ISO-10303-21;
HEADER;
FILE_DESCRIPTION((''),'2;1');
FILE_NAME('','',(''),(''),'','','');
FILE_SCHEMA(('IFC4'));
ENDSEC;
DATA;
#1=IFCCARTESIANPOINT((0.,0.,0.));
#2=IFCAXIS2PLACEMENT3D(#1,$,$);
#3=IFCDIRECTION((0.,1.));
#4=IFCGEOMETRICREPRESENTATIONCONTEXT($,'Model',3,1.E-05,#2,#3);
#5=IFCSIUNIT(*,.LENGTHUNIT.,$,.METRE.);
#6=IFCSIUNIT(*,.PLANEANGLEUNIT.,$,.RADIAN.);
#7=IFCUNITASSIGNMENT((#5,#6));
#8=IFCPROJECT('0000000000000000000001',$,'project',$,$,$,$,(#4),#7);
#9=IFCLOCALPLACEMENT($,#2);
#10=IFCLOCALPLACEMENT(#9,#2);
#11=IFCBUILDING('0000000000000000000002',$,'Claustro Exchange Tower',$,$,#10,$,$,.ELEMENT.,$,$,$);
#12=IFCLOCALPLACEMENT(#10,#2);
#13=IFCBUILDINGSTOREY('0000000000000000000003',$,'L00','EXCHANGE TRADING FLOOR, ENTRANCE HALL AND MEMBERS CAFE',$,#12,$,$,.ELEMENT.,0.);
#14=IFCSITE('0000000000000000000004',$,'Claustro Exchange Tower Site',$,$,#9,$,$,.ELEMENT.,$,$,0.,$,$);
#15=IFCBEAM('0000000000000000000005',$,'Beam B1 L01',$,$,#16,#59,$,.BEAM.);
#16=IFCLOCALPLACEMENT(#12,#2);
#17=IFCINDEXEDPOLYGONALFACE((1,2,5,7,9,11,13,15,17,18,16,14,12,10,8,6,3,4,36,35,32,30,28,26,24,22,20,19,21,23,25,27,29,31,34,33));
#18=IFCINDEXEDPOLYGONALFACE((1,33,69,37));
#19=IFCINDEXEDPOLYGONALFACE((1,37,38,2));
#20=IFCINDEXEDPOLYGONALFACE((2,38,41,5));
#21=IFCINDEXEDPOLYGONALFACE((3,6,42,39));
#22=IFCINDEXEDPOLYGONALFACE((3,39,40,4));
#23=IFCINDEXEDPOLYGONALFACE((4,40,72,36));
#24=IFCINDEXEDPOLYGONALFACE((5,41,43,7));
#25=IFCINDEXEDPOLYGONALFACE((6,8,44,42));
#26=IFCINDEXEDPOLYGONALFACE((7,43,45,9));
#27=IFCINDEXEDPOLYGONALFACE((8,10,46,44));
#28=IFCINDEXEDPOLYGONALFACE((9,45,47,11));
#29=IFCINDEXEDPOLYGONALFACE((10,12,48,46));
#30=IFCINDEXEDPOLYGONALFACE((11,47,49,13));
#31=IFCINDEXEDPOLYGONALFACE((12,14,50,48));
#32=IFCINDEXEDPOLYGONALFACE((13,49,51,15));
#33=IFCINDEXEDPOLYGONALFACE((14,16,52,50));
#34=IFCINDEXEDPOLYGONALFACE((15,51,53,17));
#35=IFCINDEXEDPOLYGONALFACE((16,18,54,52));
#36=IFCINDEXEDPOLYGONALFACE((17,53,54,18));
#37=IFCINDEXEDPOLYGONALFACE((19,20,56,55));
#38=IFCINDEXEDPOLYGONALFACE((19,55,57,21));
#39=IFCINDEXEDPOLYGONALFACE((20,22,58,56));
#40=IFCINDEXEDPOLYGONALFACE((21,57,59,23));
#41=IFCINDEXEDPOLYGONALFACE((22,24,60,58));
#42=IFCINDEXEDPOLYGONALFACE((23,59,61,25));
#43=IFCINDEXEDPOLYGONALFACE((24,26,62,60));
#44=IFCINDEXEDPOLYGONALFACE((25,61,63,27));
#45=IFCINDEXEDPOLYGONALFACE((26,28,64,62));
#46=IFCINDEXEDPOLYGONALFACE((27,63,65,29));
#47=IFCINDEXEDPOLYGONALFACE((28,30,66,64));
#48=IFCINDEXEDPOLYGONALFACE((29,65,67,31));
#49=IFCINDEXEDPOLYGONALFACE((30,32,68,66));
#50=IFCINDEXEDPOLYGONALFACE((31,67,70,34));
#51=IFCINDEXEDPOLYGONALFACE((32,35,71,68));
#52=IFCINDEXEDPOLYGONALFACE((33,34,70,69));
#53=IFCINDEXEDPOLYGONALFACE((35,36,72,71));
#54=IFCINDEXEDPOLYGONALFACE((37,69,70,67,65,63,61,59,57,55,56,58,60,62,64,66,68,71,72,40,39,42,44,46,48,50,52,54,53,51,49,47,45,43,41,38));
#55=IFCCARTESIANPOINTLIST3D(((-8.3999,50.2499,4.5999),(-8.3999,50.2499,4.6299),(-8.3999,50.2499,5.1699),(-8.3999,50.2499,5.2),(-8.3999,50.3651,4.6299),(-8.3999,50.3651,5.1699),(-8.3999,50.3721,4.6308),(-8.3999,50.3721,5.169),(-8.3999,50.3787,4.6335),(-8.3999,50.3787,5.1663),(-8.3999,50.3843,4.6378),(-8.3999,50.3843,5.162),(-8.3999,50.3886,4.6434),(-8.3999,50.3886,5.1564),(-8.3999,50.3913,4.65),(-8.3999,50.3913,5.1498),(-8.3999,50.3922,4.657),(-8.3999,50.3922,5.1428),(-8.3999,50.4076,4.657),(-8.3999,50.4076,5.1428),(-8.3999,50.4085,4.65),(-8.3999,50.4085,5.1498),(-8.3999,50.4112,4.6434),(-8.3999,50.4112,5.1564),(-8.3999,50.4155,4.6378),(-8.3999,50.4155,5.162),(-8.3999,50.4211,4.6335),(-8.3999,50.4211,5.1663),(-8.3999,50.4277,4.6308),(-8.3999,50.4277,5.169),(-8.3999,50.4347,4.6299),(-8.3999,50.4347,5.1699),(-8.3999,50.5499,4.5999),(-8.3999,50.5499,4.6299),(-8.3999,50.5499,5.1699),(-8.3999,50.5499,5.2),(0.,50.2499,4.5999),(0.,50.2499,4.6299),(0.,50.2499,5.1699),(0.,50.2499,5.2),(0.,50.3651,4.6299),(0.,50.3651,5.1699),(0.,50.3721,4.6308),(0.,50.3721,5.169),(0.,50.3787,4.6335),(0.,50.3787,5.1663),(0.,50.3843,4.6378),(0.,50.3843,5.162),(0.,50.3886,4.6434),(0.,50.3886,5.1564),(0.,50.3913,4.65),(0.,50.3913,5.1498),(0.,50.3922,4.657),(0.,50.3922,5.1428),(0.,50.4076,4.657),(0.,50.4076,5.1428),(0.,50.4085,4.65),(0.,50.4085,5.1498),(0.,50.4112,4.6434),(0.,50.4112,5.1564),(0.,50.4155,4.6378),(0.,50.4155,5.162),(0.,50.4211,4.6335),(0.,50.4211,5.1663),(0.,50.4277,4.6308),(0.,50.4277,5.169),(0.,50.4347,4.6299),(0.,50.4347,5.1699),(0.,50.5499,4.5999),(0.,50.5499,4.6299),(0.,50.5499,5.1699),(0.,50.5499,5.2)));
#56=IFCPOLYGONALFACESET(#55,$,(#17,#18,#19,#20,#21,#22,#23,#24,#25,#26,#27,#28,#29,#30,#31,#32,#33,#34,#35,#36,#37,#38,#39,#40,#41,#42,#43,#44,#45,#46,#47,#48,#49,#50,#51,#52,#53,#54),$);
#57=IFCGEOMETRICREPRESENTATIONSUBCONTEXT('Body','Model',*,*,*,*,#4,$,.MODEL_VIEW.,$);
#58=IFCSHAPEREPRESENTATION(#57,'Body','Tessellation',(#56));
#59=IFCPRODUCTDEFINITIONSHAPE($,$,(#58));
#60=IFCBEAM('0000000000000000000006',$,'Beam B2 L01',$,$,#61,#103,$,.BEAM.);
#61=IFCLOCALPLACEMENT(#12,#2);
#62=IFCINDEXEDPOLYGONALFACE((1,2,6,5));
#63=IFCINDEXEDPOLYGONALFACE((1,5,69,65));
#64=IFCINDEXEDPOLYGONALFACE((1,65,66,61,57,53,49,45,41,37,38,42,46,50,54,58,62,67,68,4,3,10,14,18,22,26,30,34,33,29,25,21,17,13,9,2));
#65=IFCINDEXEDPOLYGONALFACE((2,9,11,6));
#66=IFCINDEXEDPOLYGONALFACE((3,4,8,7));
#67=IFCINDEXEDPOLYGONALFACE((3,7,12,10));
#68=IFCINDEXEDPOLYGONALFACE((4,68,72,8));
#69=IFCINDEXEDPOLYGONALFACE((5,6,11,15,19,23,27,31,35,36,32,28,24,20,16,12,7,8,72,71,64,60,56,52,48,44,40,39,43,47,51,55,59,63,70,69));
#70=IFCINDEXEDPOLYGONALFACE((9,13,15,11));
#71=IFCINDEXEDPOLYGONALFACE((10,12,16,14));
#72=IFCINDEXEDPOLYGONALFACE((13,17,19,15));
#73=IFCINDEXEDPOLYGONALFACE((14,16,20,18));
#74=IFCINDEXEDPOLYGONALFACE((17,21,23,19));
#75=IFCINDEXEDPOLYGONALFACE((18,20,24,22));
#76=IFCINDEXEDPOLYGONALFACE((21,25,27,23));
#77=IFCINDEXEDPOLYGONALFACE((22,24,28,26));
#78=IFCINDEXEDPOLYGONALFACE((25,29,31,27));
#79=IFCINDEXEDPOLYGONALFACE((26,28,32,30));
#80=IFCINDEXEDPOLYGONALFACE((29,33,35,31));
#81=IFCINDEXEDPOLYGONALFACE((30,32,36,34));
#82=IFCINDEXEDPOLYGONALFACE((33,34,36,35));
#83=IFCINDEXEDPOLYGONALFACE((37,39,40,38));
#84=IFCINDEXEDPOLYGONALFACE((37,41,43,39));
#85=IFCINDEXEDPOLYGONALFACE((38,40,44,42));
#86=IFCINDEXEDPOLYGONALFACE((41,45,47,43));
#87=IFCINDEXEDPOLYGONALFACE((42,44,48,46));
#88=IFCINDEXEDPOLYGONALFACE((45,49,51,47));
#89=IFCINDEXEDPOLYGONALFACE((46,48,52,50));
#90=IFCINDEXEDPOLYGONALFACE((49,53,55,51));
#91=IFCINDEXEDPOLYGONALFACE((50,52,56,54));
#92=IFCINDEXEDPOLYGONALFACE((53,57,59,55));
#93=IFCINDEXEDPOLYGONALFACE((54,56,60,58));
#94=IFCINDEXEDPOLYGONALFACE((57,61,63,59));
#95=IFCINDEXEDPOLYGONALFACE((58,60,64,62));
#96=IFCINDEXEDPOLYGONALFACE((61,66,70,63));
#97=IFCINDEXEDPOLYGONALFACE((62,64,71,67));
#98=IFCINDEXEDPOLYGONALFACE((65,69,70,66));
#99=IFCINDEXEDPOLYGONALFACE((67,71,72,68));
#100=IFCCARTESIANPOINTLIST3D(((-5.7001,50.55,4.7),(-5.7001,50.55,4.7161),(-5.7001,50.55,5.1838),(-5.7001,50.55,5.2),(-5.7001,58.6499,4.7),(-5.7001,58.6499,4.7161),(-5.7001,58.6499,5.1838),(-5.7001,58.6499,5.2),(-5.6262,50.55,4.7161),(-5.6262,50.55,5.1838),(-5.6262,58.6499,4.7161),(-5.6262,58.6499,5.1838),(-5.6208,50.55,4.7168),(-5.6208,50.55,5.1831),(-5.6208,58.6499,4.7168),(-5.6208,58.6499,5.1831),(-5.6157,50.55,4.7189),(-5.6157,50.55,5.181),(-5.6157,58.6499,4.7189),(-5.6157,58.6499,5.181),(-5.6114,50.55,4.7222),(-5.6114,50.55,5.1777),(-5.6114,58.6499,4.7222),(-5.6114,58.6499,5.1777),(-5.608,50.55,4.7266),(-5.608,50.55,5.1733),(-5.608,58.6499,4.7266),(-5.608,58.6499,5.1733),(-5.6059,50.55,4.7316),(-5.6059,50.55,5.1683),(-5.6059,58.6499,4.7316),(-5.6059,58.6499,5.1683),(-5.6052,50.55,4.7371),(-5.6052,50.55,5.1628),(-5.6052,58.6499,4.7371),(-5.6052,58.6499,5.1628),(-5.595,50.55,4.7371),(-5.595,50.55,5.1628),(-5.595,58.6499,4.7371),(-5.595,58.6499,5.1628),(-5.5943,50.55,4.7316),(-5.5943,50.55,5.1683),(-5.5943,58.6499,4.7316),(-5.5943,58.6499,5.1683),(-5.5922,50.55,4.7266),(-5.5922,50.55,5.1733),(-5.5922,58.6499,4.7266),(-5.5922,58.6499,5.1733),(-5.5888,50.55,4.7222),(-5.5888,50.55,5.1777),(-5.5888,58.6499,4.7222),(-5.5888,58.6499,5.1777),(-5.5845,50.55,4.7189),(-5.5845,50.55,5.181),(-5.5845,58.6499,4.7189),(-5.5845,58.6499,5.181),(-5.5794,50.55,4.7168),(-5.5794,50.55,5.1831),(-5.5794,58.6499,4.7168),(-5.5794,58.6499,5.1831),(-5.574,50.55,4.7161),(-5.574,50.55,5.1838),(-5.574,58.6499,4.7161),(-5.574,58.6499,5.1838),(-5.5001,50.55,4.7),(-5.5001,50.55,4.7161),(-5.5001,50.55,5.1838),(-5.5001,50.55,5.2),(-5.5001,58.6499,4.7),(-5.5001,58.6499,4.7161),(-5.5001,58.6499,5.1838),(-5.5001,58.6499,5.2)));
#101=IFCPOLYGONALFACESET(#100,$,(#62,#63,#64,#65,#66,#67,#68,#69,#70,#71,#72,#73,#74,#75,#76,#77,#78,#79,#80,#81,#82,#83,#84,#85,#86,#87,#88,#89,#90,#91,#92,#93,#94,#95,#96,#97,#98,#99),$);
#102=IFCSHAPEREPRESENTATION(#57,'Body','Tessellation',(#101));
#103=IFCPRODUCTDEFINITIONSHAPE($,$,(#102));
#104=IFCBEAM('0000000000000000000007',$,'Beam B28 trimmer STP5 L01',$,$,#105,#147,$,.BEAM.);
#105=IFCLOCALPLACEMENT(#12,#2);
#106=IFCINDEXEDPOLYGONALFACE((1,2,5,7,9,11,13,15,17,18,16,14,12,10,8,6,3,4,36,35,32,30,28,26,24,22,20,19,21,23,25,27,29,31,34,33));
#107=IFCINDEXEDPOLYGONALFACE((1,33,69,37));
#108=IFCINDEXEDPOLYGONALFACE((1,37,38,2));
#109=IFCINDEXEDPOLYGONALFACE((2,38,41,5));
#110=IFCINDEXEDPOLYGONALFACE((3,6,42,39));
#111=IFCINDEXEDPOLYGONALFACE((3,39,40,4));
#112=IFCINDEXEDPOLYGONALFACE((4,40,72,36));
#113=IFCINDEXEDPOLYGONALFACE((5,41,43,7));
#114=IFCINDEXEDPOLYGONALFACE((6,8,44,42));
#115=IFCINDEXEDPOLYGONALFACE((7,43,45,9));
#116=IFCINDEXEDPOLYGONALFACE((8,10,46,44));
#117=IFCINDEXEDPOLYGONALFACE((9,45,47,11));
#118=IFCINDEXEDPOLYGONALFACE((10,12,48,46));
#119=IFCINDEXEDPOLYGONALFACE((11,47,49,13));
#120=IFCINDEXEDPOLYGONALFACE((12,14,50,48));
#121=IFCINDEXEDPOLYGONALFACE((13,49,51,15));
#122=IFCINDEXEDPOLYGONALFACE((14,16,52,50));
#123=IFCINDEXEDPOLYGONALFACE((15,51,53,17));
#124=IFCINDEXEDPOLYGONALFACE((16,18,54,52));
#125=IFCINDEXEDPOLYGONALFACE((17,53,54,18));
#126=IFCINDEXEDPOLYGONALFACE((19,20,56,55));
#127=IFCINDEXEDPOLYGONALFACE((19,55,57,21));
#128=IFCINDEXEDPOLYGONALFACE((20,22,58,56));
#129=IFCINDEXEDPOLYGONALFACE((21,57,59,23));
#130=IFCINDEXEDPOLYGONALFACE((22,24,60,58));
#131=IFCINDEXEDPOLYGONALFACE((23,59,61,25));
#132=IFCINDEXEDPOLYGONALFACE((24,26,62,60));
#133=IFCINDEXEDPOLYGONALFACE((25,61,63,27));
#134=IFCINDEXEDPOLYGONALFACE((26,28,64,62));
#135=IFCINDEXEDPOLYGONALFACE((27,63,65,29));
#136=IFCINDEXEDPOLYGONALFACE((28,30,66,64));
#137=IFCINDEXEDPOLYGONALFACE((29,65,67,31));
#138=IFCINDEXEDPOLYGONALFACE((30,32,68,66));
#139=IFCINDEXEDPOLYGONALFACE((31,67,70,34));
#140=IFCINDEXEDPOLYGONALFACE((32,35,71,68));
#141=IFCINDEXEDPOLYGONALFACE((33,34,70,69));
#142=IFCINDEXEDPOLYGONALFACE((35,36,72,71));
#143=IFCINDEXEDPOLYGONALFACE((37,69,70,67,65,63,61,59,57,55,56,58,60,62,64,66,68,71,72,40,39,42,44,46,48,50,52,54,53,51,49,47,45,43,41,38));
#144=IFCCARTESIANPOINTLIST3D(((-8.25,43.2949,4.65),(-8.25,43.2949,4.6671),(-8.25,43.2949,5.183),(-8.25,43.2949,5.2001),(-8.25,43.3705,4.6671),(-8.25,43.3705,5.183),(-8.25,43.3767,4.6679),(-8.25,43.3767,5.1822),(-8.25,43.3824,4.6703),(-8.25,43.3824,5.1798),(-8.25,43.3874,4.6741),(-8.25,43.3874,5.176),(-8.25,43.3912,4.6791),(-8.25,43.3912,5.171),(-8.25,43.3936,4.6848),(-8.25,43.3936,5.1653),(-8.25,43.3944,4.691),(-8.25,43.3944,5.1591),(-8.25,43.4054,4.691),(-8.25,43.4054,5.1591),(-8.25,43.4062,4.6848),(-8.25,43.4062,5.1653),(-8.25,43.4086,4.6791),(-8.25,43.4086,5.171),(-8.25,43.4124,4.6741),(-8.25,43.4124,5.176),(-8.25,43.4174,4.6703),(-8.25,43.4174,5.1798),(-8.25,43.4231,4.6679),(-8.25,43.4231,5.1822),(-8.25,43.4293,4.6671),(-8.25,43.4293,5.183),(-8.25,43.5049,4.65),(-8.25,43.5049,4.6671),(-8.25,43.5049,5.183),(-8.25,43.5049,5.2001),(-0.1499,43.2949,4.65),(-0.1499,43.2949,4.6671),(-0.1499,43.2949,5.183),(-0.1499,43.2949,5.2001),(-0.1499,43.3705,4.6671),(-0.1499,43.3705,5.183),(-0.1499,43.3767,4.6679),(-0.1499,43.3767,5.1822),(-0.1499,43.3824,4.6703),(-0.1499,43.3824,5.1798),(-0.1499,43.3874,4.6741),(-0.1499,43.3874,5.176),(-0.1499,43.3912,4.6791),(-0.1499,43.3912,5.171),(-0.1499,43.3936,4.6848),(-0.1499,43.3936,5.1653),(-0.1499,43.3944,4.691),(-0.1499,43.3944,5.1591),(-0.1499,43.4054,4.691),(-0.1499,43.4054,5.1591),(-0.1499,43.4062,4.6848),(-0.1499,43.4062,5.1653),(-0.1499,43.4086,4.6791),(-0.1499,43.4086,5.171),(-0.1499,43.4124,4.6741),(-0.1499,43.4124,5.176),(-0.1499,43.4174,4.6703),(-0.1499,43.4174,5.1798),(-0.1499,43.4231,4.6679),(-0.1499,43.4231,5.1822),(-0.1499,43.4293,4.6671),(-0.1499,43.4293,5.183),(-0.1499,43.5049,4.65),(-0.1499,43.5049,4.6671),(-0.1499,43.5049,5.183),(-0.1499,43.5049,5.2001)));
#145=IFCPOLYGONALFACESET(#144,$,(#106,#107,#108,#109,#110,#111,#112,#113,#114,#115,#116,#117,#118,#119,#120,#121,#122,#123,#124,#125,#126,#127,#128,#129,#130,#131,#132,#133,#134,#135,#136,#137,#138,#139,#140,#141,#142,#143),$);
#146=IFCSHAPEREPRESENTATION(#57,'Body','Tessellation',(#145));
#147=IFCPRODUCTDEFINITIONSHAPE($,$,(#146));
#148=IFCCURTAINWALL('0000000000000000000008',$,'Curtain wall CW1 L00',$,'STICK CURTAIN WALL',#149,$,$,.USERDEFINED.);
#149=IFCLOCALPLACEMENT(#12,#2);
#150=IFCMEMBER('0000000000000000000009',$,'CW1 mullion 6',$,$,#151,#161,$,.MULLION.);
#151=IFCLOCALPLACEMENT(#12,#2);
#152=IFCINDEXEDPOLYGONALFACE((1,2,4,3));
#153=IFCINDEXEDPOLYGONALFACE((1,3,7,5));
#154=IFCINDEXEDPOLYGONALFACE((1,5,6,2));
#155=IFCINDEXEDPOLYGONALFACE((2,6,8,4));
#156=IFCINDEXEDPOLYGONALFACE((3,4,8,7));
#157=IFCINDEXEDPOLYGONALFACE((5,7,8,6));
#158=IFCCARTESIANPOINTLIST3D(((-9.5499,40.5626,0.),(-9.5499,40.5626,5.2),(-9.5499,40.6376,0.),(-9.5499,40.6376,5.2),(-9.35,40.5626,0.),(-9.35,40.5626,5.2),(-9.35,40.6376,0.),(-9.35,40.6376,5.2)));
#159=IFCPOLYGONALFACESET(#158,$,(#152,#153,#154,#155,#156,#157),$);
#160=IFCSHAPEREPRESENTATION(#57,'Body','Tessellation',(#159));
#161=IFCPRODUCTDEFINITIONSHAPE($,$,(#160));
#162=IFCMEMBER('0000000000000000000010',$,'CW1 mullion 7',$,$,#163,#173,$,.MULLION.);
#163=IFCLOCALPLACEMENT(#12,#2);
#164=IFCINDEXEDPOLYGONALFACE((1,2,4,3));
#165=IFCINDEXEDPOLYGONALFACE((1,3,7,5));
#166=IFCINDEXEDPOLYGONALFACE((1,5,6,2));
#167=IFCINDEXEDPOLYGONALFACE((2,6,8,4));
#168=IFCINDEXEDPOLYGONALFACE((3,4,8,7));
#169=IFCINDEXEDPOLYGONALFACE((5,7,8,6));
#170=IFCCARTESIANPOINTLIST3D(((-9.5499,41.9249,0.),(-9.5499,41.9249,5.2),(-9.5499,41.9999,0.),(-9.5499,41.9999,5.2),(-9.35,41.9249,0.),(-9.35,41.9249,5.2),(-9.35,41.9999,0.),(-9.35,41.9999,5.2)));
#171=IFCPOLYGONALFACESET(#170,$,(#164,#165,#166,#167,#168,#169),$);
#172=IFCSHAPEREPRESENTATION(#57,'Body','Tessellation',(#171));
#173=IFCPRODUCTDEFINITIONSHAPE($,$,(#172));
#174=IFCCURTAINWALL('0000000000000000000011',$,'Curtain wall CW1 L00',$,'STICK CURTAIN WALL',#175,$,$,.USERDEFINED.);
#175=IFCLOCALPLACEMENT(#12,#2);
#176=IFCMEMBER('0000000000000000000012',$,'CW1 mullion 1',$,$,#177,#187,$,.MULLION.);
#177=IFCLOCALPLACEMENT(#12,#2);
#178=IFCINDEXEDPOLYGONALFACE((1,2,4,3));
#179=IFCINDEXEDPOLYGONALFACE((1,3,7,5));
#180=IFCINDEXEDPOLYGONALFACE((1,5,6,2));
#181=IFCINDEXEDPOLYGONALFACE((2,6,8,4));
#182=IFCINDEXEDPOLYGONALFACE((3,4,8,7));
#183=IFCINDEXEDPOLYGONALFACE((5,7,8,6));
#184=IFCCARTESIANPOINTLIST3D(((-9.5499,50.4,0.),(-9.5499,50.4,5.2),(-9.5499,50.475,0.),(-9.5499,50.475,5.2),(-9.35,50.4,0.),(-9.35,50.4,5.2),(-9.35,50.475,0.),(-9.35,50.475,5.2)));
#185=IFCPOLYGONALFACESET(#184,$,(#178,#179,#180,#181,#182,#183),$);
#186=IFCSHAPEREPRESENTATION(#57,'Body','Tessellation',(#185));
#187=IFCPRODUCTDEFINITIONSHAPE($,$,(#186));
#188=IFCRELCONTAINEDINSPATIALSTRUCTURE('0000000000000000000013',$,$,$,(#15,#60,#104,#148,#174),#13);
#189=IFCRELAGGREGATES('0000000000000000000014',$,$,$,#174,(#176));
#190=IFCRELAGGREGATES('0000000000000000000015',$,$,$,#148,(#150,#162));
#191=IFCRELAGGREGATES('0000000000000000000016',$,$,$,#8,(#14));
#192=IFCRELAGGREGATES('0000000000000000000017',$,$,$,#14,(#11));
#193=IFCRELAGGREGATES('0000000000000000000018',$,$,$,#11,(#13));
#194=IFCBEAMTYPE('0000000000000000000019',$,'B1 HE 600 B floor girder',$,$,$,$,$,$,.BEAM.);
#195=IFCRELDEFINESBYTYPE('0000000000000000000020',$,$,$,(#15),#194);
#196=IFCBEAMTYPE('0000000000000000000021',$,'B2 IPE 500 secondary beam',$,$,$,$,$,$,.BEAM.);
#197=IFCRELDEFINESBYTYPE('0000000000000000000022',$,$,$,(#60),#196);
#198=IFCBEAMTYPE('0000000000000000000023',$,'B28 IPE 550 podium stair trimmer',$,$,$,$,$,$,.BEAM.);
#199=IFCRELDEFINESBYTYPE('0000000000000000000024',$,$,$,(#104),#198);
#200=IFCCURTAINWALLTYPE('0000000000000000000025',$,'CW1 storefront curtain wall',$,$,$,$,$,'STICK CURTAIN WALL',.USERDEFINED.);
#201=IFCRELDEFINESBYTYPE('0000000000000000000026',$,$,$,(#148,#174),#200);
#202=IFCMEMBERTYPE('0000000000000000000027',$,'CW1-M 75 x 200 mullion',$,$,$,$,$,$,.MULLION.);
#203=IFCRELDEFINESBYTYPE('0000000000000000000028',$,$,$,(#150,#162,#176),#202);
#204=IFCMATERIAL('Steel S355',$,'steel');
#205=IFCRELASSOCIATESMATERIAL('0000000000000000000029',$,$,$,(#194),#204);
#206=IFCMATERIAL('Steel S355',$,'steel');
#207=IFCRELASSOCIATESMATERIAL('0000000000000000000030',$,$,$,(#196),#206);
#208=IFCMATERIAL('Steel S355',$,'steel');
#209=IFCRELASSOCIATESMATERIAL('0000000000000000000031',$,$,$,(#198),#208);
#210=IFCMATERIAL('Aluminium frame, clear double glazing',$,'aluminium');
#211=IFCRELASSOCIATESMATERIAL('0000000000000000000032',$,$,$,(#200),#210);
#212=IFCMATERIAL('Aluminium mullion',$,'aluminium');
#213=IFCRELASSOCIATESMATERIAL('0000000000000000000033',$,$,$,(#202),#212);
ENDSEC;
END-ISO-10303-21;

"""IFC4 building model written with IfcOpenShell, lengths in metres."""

from ifc_helpers import new_model, si_unit, direction, frame, origin, origin_2d, place, context, subcontext, project, spatial, rectangle, i_section, extrude, material, material_profile, profile_set, type_object, element, aggregate, save


model = new_model("IFC4")

# Units and contexts
model_context = context("Model", 3, precision=1e-05, world=origin(), true_north=direction((0.0, 1.0)))
body_context = subcontext(model_context, "Body", "Model", "MODEL_VIEW")
ifc_project = project(units=[si_unit("LENGTHUNIT", "METRE"), si_unit("PLANEANGLEUNIT", "RADIAN")], contexts=[model_context])

# Site, building, storey
site_placement = place(None, origin())
site = spatial("IfcSite", under=ifc_project, at=site_placement, Name="Claustro Exchange Tower Site", CompositionType="ELEMENT", RefElevation=0.0)
building_placement = place(site_placement, origin())
building = spatial("IfcBuilding", under=site, at=building_placement, Name="Claustro Exchange Tower", CompositionType="ELEMENT")
storey_placement = place(building_placement, origin())
storey = spatial("IfcBuildingStorey", under=building, at=storey_placement, Name="L00", Description="EXCHANGE TRADING FLOOR, ENTRANCE HALL AND MEMBERS CAFE", CompositionType="ELEMENT", Elevation=0.0)

# Beams
ifc_material_1 = material(Name="Steel S355", Category="steel")
ifc_material_profile_1 = material_profile(ifc_material_1, i_section(OverallWidth=0.3, OverallDepth=0.6001, WebThickness=0.0154, FlangeThickness=0.03, FilletRadius=0.0271, at=origin_2d()), Name="HE 600 B")
ifc_profile_set_1 = profile_set([ifc_material_profile_1], Name="Steel S355")
beam_type_1 = type_object("IfcBeamType", Name="B1 HE 600 B floor girder", PredefinedType="BEAM", material=ifc_profile_set_1)
for number, where, z_axis, x_axis, name in (
    (1, (-8.3999, 50.3999, 4.8999), (1.0, 0.0, 0.0), (0.0, 1.0, 0.0), "Beam B1 L01"),
):
    element("IfcBeam", number, at=place(storey_placement, frame(where, z_axis=z_axis, x_axis=x_axis)), inside=storey, type_object=beam_type_1, Name=name, PredefinedType="BEAM", context=body_context, shape_type="SweptSolid", body=[
        extrude(i_section(OverallWidth=0.3, OverallDepth=0.6001, WebThickness=0.0154, FlangeThickness=0.03, FilletRadius=0.0271, at=origin_2d()), origin(), (0.0, 0.0, 1.0), 8.3999),
    ])
ifc_material_2 = material(Name="Steel S355", Category="steel")
ifc_material_profile_2 = material_profile(ifc_material_2, i_section(OverallWidth=0.2, OverallDepth=0.5, WebThickness=0.0103, FlangeThickness=0.0161, FilletRadius=0.021, at=origin_2d()), Name="IPE 500")
ifc_profile_set_2 = profile_set([ifc_material_profile_2], Name="Steel S355")
beam_type_2 = type_object("IfcBeamType", Name="B2 IPE 500 secondary beam", PredefinedType="BEAM", material=ifc_profile_set_2)
beam_1_placement = place(storey_placement, frame((-5.6001, 50.55, 4.95), z_axis=(0.0, 1.0, 0.0), x_axis=(-1.0, 0.0, 0.0)))
element("IfcBeam", 2, at=beam_1_placement, inside=storey, type_object=beam_type_2, Name="Beam B2 L01", PredefinedType="BEAM", context=body_context, shape_type="SweptSolid", body=[
    extrude(i_section(OverallWidth=0.2, OverallDepth=0.5, WebThickness=0.0103, FlangeThickness=0.0161, FilletRadius=0.021, at=origin_2d()), origin(), (0.0, 0.0, 1.0), 8.0999),
])
ifc_material_3 = material(Name="Steel S355", Category="steel")
ifc_material_profile_3 = material_profile(ifc_material_3, i_section(OverallWidth=0.21, OverallDepth=0.55, WebThickness=0.011, FlangeThickness=0.0171, FilletRadius=0.0239, at=origin_2d()), Name="IPE 550")
ifc_profile_set_3 = profile_set([ifc_material_profile_3], Name="Steel S355")
beam_type_3 = type_object("IfcBeamType", Name="B28 IPE 550 podium stair trimmer", PredefinedType="BEAM", material=ifc_profile_set_3)
beam_2_placement = place(storey_placement, frame((-8.25, 43.3999, 4.925), z_axis=(1.0, 0.0, 0.0), x_axis=(0.0, 1.0, 0.0)))
element("IfcBeam", 3, at=beam_2_placement, inside=storey, type_object=beam_type_3, Name="Beam B28 trimmer STP5 L01", PredefinedType="BEAM", context=body_context, shape_type="SweptSolid", body=[
    extrude(i_section(OverallWidth=0.21, OverallDepth=0.55, WebThickness=0.011, FlangeThickness=0.0171, FilletRadius=0.0239, at=origin_2d()), origin(), (0.0, 0.0, 1.0), 8.1001),
])

# Curtain wall, members
ifc_material_4 = material(Name="Aluminium frame, clear double glazing", Category="aluminium")
curtain_wall_type = type_object("IfcCurtainWallType", Name="CW1 storefront curtain wall", ElementType="STICK CURTAIN WALL", PredefinedType="USERDEFINED", material=ifc_material_4)
curtain_wall_1_placement = place(storey_placement, origin())
curtain_wall_1 = element("IfcCurtainWall", 4, at=curtain_wall_1_placement, inside=storey, type_object=curtain_wall_type, Name="Curtain wall CW1 L00", ObjectType="STICK CURTAIN WALL", PredefinedType="USERDEFINED")
ifc_material_5 = material(Name="Aluminium mullion", Category="aluminium")
ifc_material_profile_4 = material_profile(ifc_material_5, rectangle(XDim=0.2, YDim=0.075, at=origin_2d()), Name="CW1-M 75x200")
ifc_profile_set_4 = profile_set([ifc_material_profile_4], Name="Aluminium mullion")
member_type_1 = type_object("IfcMemberType", Name="CW1-M 75 x 200 mullion", PredefinedType="MULLION", material=ifc_profile_set_4)
member_1_placement = place(storey_placement, frame((-9.45, 40.6001, 0.0), z_axis=(0.0, 0.0, 1.0), x_axis=(-1.0, 0.0, 0.0)))
member_1 = element("IfcMember", 5, at=member_1_placement, type_object=member_type_1, Name="CW1 mullion 6", PredefinedType="MULLION", context=body_context, shape_type="SweptSolid", body=[
    extrude(rectangle(XDim=0.2, YDim=0.075, at=origin_2d()), origin(), (0.0, 0.0, 1.0), 5.2),
])
member_2_placement = place(storey_placement, frame((-9.45, 41.9624, 0.0), z_axis=(0.0, 0.0, 1.0), x_axis=(-1.0, 0.0, 0.0)))
member_2 = element("IfcMember", 6, at=member_2_placement, type_object=member_type_1, Name="CW1 mullion 7", PredefinedType="MULLION", context=body_context, shape_type="SweptSolid", body=[
    extrude(rectangle(XDim=0.2, YDim=0.075, at=origin_2d()), origin(), (0.0, 0.0, 1.0), 5.2),
])

# Curtain wall, member
curtain_wall_2_placement = place(storey_placement, origin())
curtain_wall_2 = element("IfcCurtainWall", 7, at=curtain_wall_2_placement, inside=storey, type_object=curtain_wall_type, Name="Curtain wall CW1 L00", ObjectType="STICK CURTAIN WALL", PredefinedType="USERDEFINED")
member_3_placement = place(storey_placement, frame((-9.45, 50.4375, 0.0), z_axis=(0.0, 0.0, 1.0), x_axis=(-1.0, 0.0, 0.0)))
member_3 = element("IfcMember", 8, at=member_3_placement, type_object=member_type_1, Name="CW1 mullion 1", PredefinedType="MULLION", context=body_context, shape_type="SweptSolid", body=[
    extrude(rectangle(XDim=0.2, YDim=0.075, at=origin_2d()), origin(), (0.0, 0.0, 1.0), 5.2),
])

aggregate(curtain_wall_2, [member_3])

aggregate(curtain_wall_1, [member_1, member_2])

save(model, "model.ifc")
